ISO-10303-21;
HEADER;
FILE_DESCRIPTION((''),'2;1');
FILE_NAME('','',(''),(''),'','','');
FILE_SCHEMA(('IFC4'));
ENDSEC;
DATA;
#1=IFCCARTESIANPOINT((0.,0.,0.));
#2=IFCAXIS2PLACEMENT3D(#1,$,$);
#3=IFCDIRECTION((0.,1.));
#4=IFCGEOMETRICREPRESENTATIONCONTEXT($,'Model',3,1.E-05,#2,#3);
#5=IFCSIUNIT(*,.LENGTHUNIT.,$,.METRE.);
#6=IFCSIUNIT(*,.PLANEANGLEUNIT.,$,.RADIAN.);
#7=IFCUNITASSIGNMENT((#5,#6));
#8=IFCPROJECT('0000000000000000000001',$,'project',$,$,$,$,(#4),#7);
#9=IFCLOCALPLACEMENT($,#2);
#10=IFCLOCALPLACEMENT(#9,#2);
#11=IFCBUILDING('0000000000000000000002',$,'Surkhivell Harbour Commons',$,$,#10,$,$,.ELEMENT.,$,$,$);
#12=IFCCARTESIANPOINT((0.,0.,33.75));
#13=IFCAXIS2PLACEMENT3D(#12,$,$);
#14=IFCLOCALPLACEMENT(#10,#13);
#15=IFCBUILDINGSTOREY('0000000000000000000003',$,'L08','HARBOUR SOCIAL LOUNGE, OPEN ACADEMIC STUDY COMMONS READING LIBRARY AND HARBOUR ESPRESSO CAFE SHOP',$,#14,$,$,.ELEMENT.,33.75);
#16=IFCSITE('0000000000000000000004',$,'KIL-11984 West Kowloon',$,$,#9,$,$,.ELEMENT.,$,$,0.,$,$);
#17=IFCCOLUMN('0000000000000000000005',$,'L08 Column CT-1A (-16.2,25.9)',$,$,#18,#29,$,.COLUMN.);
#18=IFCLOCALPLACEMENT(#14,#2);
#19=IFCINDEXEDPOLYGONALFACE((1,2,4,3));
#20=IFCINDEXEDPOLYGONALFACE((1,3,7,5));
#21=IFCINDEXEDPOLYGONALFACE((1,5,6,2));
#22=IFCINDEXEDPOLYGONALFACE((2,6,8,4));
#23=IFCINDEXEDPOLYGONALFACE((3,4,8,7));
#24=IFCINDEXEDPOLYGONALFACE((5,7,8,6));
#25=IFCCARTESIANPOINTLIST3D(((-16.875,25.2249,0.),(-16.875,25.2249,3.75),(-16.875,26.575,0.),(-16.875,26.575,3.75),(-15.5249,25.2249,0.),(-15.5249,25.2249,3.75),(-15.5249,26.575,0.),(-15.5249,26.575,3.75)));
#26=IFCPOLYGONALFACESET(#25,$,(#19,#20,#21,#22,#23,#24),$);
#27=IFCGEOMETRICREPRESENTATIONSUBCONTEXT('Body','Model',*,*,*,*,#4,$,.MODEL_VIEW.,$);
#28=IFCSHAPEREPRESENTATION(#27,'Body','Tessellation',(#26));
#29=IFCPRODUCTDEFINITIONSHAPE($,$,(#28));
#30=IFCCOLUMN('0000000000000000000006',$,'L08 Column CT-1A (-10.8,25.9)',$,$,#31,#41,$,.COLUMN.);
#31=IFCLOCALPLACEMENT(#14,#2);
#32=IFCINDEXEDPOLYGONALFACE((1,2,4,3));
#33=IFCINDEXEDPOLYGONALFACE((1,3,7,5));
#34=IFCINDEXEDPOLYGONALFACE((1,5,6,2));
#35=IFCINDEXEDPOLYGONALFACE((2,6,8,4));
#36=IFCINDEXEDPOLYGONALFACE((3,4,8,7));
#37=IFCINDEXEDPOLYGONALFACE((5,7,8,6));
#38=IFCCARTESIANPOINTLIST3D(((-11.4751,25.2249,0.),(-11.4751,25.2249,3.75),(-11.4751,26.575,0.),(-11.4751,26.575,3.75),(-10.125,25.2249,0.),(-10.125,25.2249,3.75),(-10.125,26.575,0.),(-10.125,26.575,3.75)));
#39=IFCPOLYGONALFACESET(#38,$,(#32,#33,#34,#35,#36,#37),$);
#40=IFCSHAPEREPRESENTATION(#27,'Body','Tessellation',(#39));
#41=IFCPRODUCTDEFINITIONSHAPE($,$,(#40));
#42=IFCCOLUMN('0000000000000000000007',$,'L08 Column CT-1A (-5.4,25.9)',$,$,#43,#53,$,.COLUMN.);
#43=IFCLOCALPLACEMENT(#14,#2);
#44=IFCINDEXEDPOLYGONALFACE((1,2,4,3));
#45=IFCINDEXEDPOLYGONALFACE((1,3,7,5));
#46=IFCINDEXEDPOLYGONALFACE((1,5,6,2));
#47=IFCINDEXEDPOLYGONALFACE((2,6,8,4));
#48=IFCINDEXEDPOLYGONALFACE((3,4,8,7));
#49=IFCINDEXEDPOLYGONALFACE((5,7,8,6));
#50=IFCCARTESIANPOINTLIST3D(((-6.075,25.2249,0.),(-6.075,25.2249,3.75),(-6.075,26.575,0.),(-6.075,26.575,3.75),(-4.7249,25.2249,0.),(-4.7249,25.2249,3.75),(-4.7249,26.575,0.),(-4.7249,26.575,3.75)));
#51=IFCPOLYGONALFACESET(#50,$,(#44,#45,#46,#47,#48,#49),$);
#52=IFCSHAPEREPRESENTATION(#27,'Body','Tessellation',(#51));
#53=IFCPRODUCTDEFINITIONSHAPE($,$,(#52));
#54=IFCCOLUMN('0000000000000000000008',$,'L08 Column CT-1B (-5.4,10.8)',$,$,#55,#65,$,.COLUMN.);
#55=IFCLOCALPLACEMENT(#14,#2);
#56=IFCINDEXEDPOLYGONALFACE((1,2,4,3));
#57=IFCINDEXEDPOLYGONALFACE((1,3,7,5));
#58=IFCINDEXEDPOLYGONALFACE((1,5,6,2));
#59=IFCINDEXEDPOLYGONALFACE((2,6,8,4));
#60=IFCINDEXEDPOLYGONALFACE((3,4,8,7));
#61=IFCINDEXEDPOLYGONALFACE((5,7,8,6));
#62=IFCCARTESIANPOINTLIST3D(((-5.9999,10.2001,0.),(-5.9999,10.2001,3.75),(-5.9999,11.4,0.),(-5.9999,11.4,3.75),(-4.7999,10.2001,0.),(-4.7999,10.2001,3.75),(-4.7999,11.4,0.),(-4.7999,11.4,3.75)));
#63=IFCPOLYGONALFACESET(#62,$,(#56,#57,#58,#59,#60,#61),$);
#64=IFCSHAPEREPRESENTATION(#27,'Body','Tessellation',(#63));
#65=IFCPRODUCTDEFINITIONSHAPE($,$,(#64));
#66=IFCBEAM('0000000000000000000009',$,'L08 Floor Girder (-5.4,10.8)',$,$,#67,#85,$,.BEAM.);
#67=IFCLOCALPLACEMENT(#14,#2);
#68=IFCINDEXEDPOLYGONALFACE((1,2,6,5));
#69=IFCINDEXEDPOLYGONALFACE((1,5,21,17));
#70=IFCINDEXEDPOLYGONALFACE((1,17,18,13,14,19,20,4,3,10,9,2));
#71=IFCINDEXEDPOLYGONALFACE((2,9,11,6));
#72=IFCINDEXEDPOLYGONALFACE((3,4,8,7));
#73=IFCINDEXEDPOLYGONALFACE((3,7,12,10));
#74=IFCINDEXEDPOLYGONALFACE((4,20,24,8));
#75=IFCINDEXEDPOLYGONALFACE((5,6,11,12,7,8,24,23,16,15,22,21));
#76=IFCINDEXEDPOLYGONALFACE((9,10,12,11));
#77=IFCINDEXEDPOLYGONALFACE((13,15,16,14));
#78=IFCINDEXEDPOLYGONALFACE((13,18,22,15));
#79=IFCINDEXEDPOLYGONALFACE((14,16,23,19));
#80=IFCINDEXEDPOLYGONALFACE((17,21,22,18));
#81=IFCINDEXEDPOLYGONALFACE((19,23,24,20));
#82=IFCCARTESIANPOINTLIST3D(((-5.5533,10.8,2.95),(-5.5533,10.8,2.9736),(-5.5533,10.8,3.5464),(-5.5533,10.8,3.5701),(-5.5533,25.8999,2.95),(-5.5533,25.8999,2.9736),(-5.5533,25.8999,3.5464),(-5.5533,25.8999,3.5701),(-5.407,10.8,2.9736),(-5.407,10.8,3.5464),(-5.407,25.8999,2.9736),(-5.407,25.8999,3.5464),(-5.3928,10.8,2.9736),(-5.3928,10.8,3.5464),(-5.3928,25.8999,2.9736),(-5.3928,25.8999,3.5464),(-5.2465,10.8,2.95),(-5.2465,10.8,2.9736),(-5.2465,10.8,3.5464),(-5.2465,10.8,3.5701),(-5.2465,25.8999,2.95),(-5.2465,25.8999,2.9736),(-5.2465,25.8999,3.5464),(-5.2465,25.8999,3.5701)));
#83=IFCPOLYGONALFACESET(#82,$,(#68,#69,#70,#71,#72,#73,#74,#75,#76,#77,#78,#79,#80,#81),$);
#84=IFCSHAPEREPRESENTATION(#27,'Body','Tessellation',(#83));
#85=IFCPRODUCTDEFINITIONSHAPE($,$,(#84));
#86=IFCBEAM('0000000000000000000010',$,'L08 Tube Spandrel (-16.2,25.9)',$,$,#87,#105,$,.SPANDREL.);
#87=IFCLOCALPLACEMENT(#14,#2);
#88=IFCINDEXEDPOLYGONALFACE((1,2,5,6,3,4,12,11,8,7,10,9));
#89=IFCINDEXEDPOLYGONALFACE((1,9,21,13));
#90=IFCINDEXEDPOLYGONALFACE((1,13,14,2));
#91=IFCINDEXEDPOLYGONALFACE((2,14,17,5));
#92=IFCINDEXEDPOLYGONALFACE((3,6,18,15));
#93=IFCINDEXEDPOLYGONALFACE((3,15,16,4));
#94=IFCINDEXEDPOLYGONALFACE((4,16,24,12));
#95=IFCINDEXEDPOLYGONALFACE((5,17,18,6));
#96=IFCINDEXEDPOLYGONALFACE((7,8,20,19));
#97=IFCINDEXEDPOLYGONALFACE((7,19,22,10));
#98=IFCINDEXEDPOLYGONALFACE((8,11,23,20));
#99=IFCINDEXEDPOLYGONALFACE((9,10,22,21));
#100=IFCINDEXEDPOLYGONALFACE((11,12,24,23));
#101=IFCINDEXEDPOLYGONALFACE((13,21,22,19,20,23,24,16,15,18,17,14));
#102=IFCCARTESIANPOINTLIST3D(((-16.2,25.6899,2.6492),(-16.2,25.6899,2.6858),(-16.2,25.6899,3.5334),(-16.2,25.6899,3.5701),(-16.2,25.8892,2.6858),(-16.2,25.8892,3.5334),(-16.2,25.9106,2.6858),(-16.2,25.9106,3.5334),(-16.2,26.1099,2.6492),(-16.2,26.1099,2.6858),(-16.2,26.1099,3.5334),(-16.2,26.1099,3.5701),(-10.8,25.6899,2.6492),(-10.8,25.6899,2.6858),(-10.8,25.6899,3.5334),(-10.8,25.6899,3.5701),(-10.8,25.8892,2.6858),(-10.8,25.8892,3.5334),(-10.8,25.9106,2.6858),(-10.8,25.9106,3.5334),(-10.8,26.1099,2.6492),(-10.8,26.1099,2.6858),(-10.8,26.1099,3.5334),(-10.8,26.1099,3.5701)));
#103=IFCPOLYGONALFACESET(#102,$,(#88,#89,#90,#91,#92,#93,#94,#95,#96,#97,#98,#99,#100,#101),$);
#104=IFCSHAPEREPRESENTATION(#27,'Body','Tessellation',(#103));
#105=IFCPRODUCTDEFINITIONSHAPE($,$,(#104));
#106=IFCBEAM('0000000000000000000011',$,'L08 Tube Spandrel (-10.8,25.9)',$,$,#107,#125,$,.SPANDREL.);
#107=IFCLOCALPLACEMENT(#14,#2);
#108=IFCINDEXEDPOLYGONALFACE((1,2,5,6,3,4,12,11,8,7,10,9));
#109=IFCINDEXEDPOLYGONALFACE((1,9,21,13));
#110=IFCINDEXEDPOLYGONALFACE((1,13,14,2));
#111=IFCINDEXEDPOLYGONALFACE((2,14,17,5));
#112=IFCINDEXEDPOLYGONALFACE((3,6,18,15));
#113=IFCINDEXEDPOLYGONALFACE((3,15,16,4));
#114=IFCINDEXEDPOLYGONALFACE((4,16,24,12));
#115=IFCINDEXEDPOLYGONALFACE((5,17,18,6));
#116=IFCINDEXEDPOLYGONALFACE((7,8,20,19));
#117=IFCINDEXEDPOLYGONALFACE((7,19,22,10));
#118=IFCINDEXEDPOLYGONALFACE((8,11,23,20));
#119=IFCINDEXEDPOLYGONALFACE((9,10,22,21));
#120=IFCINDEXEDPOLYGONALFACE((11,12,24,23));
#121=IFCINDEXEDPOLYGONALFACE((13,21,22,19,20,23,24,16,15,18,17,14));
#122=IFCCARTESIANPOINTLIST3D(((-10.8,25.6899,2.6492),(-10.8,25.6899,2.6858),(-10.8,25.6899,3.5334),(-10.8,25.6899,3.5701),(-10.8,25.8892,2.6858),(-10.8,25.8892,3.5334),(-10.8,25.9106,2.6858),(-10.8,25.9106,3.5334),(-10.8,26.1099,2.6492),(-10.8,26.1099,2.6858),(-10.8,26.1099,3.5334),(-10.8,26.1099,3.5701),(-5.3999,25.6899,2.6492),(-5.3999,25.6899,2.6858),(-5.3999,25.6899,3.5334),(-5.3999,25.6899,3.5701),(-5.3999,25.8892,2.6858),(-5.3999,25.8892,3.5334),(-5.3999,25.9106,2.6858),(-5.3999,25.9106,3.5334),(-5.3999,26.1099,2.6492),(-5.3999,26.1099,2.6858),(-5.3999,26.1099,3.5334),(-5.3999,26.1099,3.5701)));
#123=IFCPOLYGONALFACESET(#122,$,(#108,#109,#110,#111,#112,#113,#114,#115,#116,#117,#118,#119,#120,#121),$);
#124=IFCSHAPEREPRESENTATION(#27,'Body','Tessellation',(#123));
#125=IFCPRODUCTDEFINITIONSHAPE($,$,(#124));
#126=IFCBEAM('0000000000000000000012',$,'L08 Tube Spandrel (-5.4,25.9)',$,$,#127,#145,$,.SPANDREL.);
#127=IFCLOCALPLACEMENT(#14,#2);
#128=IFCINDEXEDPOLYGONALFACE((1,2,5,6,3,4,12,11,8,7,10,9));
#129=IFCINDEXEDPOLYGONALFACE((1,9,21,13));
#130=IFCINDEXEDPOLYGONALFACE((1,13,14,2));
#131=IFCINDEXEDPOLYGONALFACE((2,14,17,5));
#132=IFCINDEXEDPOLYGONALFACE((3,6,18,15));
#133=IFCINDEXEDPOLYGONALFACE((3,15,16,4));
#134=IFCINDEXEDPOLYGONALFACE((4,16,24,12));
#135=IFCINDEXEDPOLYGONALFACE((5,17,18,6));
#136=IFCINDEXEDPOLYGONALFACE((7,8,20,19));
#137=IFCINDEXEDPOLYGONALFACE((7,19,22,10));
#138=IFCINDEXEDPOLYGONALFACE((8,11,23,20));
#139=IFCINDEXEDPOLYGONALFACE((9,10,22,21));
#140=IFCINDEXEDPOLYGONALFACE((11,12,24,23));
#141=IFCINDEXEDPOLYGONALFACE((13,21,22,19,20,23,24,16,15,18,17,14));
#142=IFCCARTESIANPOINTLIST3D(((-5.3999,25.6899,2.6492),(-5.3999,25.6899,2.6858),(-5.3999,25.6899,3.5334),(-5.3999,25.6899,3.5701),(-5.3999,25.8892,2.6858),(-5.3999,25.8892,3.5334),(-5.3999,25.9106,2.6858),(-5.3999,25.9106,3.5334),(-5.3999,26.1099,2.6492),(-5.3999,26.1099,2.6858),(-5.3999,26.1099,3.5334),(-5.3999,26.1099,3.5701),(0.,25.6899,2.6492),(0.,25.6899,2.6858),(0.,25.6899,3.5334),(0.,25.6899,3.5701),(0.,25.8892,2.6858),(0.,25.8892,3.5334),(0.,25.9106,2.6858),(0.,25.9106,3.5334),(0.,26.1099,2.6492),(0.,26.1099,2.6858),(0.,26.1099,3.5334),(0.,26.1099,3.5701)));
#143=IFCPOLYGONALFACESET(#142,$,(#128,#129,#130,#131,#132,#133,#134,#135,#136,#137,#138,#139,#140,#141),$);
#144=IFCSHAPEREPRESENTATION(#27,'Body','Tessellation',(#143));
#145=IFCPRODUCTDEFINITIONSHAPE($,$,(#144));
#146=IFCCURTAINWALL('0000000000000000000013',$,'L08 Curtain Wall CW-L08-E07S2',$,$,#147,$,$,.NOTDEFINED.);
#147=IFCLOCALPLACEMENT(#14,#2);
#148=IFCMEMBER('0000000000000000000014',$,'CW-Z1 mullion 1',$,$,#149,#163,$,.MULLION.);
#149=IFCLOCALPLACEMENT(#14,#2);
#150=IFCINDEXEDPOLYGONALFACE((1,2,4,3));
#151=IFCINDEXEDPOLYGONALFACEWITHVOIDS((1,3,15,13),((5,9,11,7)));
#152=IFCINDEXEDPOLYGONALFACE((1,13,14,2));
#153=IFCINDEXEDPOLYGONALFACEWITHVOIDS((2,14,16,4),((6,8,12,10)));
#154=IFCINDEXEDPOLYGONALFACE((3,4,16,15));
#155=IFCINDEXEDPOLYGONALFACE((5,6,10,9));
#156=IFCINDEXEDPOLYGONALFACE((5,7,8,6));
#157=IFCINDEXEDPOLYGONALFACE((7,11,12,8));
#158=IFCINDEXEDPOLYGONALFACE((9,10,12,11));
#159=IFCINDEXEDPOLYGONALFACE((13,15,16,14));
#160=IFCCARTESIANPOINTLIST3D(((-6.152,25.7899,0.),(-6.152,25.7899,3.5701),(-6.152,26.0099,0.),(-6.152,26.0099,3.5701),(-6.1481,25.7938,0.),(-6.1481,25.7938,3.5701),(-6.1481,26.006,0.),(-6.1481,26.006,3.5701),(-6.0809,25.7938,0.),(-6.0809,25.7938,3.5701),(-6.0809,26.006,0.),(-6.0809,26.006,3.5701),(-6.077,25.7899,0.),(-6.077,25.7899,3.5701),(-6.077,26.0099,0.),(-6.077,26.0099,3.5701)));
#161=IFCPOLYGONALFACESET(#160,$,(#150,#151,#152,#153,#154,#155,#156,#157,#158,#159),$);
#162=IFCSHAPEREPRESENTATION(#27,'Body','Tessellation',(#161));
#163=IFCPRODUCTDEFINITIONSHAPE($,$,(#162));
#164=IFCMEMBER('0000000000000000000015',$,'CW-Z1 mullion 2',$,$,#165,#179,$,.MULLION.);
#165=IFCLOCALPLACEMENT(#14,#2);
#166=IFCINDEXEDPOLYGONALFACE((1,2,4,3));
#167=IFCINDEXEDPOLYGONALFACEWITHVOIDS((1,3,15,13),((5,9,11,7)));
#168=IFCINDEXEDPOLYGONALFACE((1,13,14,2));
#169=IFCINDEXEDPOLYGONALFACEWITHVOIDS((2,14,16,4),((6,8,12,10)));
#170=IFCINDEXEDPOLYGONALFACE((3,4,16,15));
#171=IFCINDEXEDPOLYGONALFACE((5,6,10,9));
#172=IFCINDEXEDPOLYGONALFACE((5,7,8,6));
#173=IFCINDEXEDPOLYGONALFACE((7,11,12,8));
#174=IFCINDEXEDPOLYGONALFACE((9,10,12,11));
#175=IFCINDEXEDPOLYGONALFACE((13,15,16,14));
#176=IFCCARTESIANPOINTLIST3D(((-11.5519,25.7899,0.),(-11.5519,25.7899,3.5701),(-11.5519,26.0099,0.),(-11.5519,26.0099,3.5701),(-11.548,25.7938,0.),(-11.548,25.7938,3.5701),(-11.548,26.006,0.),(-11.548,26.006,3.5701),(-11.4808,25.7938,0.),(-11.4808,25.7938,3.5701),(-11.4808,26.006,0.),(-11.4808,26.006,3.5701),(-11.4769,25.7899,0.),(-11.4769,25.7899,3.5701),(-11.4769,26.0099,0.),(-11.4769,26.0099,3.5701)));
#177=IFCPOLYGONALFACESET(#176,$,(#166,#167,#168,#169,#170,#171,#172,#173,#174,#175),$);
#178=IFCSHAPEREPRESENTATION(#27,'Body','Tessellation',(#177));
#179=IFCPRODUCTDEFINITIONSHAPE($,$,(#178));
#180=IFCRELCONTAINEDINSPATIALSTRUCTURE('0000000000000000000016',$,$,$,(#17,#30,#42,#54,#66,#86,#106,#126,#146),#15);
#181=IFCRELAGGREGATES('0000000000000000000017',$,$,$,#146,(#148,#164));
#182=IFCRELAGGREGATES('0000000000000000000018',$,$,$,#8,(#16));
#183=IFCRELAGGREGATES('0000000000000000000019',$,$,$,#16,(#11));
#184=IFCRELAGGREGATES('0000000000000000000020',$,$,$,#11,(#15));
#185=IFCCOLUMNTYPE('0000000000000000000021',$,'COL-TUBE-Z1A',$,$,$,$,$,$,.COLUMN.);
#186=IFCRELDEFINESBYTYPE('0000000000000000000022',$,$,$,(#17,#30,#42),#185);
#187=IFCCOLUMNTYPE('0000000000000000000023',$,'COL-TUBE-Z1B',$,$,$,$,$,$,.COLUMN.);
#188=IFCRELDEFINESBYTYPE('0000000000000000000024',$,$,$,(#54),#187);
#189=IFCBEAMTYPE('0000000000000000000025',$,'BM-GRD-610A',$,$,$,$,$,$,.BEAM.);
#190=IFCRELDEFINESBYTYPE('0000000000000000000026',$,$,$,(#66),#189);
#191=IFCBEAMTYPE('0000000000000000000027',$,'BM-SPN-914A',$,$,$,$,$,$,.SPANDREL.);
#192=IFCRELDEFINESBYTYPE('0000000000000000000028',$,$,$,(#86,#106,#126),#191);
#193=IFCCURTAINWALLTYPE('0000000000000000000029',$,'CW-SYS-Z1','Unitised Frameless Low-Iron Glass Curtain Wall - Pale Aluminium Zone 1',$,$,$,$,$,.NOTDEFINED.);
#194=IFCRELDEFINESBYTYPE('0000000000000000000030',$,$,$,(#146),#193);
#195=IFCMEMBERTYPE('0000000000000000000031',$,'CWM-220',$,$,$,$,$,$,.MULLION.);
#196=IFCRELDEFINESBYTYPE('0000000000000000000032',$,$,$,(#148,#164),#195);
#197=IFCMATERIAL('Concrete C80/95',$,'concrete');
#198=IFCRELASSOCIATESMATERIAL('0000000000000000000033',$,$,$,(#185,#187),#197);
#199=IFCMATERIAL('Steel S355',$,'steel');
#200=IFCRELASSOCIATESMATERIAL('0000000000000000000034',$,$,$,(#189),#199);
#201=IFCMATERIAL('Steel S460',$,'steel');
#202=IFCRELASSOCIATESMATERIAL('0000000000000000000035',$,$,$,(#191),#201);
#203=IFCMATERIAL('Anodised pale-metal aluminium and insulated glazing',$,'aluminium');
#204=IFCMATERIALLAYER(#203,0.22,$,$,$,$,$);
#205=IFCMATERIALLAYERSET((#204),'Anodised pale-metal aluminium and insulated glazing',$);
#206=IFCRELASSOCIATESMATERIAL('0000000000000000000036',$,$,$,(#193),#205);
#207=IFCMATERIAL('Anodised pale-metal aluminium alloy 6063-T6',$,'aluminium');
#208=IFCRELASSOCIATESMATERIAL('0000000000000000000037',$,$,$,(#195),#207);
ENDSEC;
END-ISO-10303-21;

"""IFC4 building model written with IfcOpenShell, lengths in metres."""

from ifc_helpers import new_model, si_unit, direction, frame, origin, origin_2d, place, context, subcontext, project, spatial, rectangle, hollow_rectangle, i_section, extrude, material, layer, layer_set, material_profile, profile_set, type_object, element, aggregate, save


model = new_model("IFC4")

# Units and contexts
model_context = context("Model", 3, precision=1e-05, world=origin(), true_north=direction((0.0, 1.0)))
body_context = subcontext(model_context, "Body", "Model", "MODEL_VIEW")
ifc_project = project(units=[si_unit("LENGTHUNIT", "METRE"), si_unit("PLANEANGLEUNIT", "RADIAN")], contexts=[model_context])

# Site, building, storey
site_placement = place(None, origin())
site = spatial("IfcSite", under=ifc_project, at=site_placement, Name="KIL-11984 West Kowloon", CompositionType="ELEMENT", RefElevation=0.0)
building_placement = place(site_placement, origin())
building = spatial("IfcBuilding", under=site, at=building_placement, Name="Surkhivell Harbour Commons", CompositionType="ELEMENT")
storey_placement = place(building_placement, frame((0.0, 0.0, 33.75)))
storey = spatial("IfcBuildingStorey", under=building, at=storey_placement, Name="L08", Description="HARBOUR SOCIAL LOUNGE, OPEN ACADEMIC STUDY COMMONS READING LIBRARY AND HARBOUR ESPRESSO CAFE SHOP", CompositionType="ELEMENT", Elevation=33.75)

# Columns
ifc_material_1 = material(Name="Concrete C80/95", Category="concrete")
ifc_material_profile_1 = material_profile(ifc_material_1, rectangle(XDim=1.3501, YDim=1.3501, at=origin_2d()), Name="RC-COL-1350x1350")
ifc_profile_set_1 = profile_set([ifc_material_profile_1], Name="Concrete C80/95")
column_type_1 = type_object("IfcColumnType", Name="COL-TUBE-Z1A", PredefinedType="COLUMN", material=ifc_profile_set_1)
for number, where, z_axis, x_axis, name in (
    (1, (-16.2, 25.8999, 0.0), (0.0, 0.0, 1.0), (1.0, 0.0, 0.0), "L08 Column CT-1A (-16.2,25.9)"),
    (2, (-10.8, 25.8999, 0.0), (0.0, 0.0, 1.0), (1.0, 0.0, 0.0), "L08 Column CT-1A (-10.8,25.9)"),
    (3, (-5.3999, 25.8999, 0.0), (0.0, 0.0, 1.0), (1.0, 0.0, 0.0), "L08 Column CT-1A (-5.4,25.9)"),
):
    element("IfcColumn", number, at=place(storey_placement, frame(where, z_axis=z_axis, x_axis=x_axis)), inside=storey, type_object=column_type_1, Name=name, PredefinedType="COLUMN", context=body_context, shape_type="SweptSolid", body=[
        extrude(rectangle(XDim=1.3501, YDim=1.3501, at=origin_2d()), origin(), (0.0, 0.0, 1.0), 3.75),
    ])
ifc_material_profile_2 = material_profile(ifc_material_1, rectangle(XDim=1.2, YDim=1.2, at=origin_2d()), Name="RC-COL-1200x1200")
ifc_profile_set_2 = profile_set([ifc_material_profile_2], Name="Concrete C80/95")
column_type_2 = type_object("IfcColumnType", Name="COL-TUBE-Z1B", PredefinedType="COLUMN", material=ifc_profile_set_2)
column_placement = place(storey_placement, frame((-5.3999, 10.8, 0.0), z_axis=(0.0, 0.0, 1.0), x_axis=(1.0, 0.0, 0.0)))
element("IfcColumn", 4, at=column_placement, inside=storey, type_object=column_type_2, Name="L08 Column CT-1B (-5.4,10.8)", PredefinedType="COLUMN", context=body_context, shape_type="SweptSolid", body=[
    extrude(rectangle(XDim=1.2, YDim=1.2, at=origin_2d()), origin(), (0.0, 0.0, 1.0), 3.75),
])

# Beams
ifc_material_2 = material(Name="Steel S355", Category="steel")
ifc_material_profile_3 = material_profile(ifc_material_2, i_section(OverallWidth=0.3069, OverallDepth=0.6201, WebThickness=0.0142, FlangeThickness=0.0237, at=origin_2d()), Name="UB610x305x179")
ifc_profile_set_3 = profile_set([ifc_material_profile_3], Name="Steel S355")
beam_type_1 = type_object("IfcBeamType", Name="BM-GRD-610A", PredefinedType="BEAM", material=ifc_profile_set_3)
beam_1_placement = place(storey_placement, frame((-5.3999, 10.8, 3.26), z_axis=(0.0, 1.0, 0.0), x_axis=(-1.0, 0.0, 0.0)))
element("IfcBeam", 5, at=beam_1_placement, inside=storey, type_object=beam_type_1, Name="L08 Floor Girder (-5.4,10.8)", PredefinedType="BEAM", context=body_context, shape_type="SweptSolid", body=[
    extrude(i_section(OverallWidth=0.3069, OverallDepth=0.6201, WebThickness=0.0142, FlangeThickness=0.0237, at=origin_2d()), origin(), (0.0, 0.0, 1.0), 15.0999),
])
ifc_material_3 = material(Name="Steel S460", Category="steel")
ifc_material_profile_4 = material_profile(ifc_material_3, i_section(OverallWidth=0.4199, OverallDepth=0.9209, WebThickness=0.0215, FlangeThickness=0.0366, at=origin_2d()), Name="UB914x419x388")
ifc_profile_set_4 = profile_set([ifc_material_profile_4], Name="Steel S460")
beam_type_2 = type_object("IfcBeamType", Name="BM-SPN-914A", PredefinedType="SPANDREL", material=ifc_profile_set_4)
beam_2_placement = place(storey_placement, frame((-16.2, 25.8999, 3.1096), z_axis=(1.0, 0.0, 0.0), x_axis=(0.0, 1.0, 0.0)))
element("IfcBeam", 6, at=beam_2_placement, inside=storey, type_object=beam_type_2, Name="L08 Tube Spandrel (-16.2,25.9)", PredefinedType="SPANDREL", context=body_context, shape_type="SweptSolid", body=[
    extrude(i_section(OverallWidth=0.4199, OverallDepth=0.9209, WebThickness=0.0215, FlangeThickness=0.0366, at=origin_2d()), origin(), (0.0, 0.0, 1.0), 5.3999),
])
beam_3_placement = place(storey_placement, frame((-10.8, 25.8999, 3.1096), z_axis=(1.0, 0.0, 0.0), x_axis=(0.0, 1.0, 0.0)))
element("IfcBeam", 7, at=beam_3_placement, inside=storey, type_object=beam_type_2, Name="L08 Tube Spandrel (-10.8,25.9)", PredefinedType="SPANDREL", context=body_context, shape_type="SweptSolid", body=[
    extrude(i_section(OverallWidth=0.4199, OverallDepth=0.9209, WebThickness=0.0215, FlangeThickness=0.0366, at=origin_2d()), origin(), (0.0, 0.0, 1.0), 5.4001),
])
beam_4_placement = place(storey_placement, frame((-5.3999, 25.8999, 3.1096), z_axis=(1.0, 0.0, 0.0), x_axis=(0.0, 1.0, 0.0)))
element("IfcBeam", 8, at=beam_4_placement, inside=storey, type_object=beam_type_2, Name="L08 Tube Spandrel (-5.4,25.9)", PredefinedType="SPANDREL", context=body_context, shape_type="SweptSolid", body=[
    extrude(i_section(OverallWidth=0.4199, OverallDepth=0.9209, WebThickness=0.0215, FlangeThickness=0.0366, at=origin_2d()), origin(), (0.0, 0.0, 1.0), 5.3999),
])

# Curtain wall, members
ifc_material_4 = material(Name="Anodised pale-metal aluminium and insulated glazing", Category="aluminium")
ifc_layer_1 = layer(ifc_material_4, 0.22)
ifc_layer_set_1 = layer_set([ifc_layer_1], Name="Anodised pale-metal aluminium and insulated glazing")
curtain_wall_type = type_object("IfcCurtainWallType", Name="CW-SYS-Z1", Description="Unitised Frameless Low-Iron Glass Curtain Wall - Pale Aluminium Zone 1", PredefinedType="NOTDEFINED", material=ifc_layer_set_1)
curtain_wall_placement = place(storey_placement, origin())
curtain_wall = element("IfcCurtainWall", 9, at=curtain_wall_placement, inside=storey, type_object=curtain_wall_type, Name="L08 Curtain Wall CW-L08-E07S2", PredefinedType="NOTDEFINED")
ifc_material_5 = material(Name="Anodised pale-metal aluminium alloy 6063-T6", Category="aluminium")
ifc_material_profile_5 = material_profile(ifc_material_5, hollow_rectangle(XDim=0.075, YDim=0.22, WallThickness=0.0039, at=origin_2d()), Name="ALU-MULL-75x220")
ifc_profile_set_5 = profile_set([ifc_material_profile_5], Name="Anodised pale-metal aluminium alloy 6063-T6")
member_type_1 = type_object("IfcMemberType", Name="CWM-220", PredefinedType="MULLION", material=ifc_profile_set_5)
member_1_placement = place(storey_placement, frame((-6.1145, 25.8999, 0.0), z_axis=(0.0, 0.0, 1.0), x_axis=(-1.0, 0.0, 0.0)))
member_1 = element("IfcMember", 10, at=member_1_placement, type_object=member_type_1, Name="CW-Z1 mullion 1", PredefinedType="MULLION", context=body_context, shape_type="SweptSolid", body=[
    extrude(hollow_rectangle(XDim=0.075, YDim=0.22, WallThickness=0.0039, at=origin_2d()), origin(), (0.0, 0.0, 1.0), 3.5701),
])
member_2_placement = place(storey_placement, frame((-11.5144, 25.8999, 0.0), z_axis=(0.0, 0.0, 1.0), x_axis=(-1.0, 0.0, 0.0)))
member_2 = element("IfcMember", 11, at=member_2_placement, type_object=member_type_1, Name="CW-Z1 mullion 2", PredefinedType="MULLION", context=body_context, shape_type="SweptSolid", body=[
    extrude(hollow_rectangle(XDim=0.075, YDim=0.22, WallThickness=0.0039, at=origin_2d()), origin(), (0.0, 0.0, 1.0), 3.5701),
])
aggregate(curtain_wall, [member_1, member_2])

save(model, "model.ifc")
